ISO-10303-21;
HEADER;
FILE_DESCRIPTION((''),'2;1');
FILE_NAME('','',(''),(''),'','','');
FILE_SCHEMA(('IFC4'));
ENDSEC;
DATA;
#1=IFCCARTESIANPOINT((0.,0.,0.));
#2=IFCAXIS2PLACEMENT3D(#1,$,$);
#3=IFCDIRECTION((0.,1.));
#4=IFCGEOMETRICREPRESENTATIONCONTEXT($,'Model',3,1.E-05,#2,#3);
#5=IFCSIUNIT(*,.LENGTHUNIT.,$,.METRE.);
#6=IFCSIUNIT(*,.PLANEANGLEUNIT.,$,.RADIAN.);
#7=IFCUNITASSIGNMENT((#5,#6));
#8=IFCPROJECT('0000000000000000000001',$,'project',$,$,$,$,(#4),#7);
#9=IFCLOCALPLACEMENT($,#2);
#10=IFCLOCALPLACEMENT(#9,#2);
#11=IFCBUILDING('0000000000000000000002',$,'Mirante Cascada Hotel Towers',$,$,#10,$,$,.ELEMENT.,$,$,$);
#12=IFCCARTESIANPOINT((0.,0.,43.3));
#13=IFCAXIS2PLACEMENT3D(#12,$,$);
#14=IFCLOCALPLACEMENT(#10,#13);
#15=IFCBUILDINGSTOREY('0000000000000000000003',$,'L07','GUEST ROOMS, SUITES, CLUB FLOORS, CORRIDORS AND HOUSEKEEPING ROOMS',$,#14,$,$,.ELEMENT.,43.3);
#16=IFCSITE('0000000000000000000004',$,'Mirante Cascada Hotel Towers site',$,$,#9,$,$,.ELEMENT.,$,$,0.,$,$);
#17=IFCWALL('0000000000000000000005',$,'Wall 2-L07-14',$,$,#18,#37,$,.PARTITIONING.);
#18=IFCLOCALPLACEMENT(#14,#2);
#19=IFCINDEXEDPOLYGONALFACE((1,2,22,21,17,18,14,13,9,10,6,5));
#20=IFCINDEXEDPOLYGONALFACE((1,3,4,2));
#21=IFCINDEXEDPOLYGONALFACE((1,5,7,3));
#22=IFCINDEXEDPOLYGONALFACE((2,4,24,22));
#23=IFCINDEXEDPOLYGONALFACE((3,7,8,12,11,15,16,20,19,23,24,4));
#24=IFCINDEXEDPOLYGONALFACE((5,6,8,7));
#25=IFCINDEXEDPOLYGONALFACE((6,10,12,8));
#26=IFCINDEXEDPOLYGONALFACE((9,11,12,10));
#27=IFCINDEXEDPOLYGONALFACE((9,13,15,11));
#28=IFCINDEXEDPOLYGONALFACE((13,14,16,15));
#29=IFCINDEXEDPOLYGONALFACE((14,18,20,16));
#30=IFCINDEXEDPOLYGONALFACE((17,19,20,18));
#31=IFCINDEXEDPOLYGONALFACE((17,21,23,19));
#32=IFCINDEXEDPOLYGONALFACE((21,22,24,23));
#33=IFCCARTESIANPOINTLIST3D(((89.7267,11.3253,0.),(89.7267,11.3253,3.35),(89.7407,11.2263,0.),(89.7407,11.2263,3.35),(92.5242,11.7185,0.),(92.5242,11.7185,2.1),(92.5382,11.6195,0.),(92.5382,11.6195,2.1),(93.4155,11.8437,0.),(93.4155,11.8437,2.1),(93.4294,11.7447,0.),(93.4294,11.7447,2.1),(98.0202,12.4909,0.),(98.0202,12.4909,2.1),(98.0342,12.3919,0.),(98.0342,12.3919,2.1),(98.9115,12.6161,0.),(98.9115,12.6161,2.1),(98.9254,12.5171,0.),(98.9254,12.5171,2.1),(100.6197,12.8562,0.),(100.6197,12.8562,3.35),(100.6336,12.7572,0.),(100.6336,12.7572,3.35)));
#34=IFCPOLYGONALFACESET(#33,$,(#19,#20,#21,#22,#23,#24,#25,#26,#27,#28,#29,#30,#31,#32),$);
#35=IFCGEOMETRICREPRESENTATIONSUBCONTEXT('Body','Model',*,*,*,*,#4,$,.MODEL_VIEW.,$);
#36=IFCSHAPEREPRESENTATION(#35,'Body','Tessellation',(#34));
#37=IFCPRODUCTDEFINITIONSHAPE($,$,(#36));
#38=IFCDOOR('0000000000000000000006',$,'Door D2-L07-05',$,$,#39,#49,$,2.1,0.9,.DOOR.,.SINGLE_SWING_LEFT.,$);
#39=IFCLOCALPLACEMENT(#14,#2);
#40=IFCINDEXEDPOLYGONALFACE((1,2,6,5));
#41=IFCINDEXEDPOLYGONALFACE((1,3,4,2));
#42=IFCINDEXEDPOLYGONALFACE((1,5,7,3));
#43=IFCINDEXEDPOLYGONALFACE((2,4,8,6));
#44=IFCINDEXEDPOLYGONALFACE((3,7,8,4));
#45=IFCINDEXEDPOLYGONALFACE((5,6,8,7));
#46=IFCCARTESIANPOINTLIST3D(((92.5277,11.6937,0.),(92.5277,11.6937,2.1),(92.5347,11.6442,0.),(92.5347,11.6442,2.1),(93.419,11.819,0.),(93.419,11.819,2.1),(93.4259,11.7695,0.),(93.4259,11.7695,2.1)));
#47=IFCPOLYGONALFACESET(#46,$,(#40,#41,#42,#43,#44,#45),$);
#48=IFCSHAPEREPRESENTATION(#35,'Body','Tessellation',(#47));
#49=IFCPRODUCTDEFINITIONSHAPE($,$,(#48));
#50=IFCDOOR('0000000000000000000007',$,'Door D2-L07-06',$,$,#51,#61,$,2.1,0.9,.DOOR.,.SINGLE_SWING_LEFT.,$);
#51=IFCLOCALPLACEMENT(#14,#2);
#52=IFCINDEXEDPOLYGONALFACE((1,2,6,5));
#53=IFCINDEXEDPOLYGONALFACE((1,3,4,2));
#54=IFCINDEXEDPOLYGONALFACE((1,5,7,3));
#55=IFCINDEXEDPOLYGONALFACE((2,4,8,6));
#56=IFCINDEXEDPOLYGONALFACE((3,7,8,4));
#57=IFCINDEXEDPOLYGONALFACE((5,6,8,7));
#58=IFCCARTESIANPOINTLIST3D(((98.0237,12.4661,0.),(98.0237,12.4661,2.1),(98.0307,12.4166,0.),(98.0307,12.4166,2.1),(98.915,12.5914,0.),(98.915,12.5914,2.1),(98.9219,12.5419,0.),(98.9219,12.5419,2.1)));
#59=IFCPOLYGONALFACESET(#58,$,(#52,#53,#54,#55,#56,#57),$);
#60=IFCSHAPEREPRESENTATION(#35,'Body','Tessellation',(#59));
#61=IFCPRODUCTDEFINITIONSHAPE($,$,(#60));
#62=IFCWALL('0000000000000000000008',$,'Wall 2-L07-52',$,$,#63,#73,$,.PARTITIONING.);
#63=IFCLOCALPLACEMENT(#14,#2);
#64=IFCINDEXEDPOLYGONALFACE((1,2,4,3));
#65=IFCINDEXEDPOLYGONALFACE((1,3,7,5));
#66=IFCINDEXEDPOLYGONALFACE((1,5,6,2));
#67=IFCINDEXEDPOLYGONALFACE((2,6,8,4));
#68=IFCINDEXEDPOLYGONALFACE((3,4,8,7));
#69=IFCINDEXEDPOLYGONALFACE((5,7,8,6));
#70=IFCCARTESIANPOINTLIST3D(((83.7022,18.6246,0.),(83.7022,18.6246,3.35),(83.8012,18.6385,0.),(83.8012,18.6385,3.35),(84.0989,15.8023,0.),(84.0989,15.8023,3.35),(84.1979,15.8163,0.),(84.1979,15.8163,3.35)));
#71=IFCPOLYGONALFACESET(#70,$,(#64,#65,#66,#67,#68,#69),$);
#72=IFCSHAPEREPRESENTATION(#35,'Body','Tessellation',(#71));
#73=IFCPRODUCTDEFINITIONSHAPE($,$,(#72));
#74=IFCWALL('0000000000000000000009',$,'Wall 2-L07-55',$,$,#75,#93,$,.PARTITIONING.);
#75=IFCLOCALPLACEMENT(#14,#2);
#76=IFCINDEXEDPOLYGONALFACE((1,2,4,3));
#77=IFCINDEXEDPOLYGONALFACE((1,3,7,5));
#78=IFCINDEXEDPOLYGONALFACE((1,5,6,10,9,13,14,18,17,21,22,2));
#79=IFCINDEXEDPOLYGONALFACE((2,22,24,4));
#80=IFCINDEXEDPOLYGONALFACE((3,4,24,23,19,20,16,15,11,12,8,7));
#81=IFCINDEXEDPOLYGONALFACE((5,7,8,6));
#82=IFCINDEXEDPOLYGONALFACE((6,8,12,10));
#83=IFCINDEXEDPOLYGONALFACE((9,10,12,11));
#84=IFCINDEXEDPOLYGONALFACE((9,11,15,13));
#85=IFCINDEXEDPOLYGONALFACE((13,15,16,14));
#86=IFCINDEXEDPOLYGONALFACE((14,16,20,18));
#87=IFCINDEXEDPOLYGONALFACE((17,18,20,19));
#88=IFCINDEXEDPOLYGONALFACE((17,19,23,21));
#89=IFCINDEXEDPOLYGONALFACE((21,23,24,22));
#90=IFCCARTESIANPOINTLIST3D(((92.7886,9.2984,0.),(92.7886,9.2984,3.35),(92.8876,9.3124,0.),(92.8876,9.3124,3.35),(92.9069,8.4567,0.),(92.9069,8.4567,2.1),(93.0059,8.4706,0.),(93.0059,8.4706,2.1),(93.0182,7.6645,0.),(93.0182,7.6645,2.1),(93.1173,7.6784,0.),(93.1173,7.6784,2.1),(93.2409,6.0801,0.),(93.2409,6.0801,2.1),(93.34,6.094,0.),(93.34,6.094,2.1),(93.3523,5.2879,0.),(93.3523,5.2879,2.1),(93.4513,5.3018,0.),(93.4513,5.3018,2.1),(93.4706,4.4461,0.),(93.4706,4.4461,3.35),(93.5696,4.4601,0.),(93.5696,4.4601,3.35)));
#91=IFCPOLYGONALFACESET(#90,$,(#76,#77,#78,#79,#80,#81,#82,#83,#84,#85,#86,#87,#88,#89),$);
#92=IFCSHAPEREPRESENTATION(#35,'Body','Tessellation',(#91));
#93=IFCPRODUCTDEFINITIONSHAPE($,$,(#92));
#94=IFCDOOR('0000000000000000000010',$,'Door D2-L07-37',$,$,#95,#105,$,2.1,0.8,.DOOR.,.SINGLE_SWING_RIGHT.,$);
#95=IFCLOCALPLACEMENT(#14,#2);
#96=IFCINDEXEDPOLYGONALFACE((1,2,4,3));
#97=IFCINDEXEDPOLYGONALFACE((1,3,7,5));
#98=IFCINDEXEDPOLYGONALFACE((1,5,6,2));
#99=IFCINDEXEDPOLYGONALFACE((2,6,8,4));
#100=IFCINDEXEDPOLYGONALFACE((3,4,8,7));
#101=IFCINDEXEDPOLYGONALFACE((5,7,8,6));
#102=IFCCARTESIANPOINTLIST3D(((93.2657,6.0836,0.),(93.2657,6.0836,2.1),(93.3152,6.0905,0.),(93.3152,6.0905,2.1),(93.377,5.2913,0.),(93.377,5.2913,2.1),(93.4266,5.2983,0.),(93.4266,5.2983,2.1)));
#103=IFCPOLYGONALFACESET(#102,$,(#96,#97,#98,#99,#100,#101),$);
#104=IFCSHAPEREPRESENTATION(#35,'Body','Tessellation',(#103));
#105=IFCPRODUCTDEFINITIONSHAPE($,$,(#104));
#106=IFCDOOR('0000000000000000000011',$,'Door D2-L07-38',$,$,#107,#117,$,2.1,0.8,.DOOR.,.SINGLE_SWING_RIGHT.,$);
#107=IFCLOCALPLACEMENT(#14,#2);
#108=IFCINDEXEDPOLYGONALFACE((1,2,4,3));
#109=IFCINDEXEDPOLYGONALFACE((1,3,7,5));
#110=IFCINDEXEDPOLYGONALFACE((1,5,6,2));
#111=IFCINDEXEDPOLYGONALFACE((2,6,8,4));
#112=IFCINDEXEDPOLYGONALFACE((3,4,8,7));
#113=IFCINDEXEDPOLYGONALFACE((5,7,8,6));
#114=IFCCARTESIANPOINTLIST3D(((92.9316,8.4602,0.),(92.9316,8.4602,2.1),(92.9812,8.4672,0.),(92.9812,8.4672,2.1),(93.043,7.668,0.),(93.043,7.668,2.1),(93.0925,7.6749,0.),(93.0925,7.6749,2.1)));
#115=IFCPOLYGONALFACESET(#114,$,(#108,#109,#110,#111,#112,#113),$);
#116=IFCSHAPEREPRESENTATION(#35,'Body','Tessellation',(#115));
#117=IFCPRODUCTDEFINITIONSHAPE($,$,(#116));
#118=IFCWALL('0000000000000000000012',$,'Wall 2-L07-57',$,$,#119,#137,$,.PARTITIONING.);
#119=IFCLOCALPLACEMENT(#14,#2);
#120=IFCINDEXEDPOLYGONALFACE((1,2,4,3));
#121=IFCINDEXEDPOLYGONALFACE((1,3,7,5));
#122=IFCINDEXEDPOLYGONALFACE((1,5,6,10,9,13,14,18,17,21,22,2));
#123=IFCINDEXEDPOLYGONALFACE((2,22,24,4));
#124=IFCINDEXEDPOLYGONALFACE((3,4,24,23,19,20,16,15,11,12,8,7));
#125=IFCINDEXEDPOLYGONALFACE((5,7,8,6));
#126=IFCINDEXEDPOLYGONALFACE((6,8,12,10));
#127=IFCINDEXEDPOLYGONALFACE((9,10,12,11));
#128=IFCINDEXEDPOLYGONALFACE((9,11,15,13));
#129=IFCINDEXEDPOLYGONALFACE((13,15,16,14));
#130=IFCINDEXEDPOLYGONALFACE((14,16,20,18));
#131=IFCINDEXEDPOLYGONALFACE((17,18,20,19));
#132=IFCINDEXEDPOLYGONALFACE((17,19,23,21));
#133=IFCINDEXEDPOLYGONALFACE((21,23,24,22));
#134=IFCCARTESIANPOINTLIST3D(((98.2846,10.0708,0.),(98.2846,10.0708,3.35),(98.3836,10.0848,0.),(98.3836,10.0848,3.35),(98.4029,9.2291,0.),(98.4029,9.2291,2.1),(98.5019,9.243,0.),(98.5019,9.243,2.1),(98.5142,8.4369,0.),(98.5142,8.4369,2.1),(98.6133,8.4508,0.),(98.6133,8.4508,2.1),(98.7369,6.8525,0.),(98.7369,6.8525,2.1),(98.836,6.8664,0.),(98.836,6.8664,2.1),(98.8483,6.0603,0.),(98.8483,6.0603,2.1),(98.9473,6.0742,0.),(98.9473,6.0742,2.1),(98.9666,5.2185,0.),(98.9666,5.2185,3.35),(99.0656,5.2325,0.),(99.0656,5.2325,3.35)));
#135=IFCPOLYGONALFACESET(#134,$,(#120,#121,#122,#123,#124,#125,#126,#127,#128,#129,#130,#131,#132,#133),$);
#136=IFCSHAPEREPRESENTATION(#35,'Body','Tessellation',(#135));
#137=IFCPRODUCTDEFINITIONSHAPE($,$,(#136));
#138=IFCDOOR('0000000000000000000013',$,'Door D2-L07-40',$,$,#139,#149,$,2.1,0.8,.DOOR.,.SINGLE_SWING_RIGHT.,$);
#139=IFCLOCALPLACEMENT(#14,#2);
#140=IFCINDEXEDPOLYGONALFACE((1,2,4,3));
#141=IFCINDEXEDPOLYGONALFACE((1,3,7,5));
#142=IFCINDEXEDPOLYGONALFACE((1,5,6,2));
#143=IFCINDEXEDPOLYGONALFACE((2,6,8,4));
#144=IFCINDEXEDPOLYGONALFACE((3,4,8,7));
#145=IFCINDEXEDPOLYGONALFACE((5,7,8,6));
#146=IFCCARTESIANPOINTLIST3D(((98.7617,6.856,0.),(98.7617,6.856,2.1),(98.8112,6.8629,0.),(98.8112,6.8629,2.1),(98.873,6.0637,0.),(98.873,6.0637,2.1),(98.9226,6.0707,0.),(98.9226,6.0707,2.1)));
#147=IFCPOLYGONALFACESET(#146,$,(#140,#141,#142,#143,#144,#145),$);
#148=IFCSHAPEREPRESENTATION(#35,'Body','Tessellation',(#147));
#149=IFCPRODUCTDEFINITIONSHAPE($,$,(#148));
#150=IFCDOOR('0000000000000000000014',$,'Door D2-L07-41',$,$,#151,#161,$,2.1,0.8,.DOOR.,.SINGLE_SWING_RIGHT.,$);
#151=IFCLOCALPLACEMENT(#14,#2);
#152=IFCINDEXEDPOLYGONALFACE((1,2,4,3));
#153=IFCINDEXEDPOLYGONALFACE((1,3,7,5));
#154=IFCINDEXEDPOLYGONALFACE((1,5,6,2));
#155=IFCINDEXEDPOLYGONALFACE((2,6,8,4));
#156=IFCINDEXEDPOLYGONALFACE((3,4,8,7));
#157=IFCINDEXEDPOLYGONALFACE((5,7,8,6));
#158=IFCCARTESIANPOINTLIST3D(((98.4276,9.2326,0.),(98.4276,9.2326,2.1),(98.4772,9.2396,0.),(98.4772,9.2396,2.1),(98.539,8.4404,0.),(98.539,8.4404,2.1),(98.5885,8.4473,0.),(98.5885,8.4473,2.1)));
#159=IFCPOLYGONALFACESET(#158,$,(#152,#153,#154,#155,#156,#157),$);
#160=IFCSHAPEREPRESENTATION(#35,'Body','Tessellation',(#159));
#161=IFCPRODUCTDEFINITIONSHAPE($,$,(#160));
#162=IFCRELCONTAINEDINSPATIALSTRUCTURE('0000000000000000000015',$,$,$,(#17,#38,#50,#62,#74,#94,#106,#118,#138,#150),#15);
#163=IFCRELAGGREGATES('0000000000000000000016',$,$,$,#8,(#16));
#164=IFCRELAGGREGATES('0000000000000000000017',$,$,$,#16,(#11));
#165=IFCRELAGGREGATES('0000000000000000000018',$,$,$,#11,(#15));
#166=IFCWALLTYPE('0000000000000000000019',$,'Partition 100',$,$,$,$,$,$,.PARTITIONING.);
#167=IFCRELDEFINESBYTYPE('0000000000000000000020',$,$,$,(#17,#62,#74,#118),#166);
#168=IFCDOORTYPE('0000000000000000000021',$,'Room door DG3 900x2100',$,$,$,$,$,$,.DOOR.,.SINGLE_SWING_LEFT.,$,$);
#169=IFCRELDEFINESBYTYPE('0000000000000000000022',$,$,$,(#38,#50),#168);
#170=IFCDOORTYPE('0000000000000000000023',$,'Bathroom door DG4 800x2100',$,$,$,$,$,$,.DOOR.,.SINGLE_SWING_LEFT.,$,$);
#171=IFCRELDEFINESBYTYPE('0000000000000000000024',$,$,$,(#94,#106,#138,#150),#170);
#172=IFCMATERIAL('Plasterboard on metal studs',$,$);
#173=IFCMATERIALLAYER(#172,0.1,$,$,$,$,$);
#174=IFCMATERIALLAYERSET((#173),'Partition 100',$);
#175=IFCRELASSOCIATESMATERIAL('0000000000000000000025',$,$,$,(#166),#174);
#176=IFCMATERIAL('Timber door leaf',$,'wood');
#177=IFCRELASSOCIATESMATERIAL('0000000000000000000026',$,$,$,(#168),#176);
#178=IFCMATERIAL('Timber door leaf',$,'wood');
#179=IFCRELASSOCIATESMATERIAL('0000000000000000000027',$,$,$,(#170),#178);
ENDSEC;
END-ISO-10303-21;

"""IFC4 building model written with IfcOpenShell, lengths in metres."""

from ifc_helpers import new_model, si_unit, direction, frame, frame_2d, origin, place, context, subcontext, project, spatial, rectangle, extrude, material, layer, layer_set, type_object, element, fill, save


model = new_model("IFC4")

# Units and contexts
model_context = context("Model", 3, precision=1e-05, world=origin(), true_north=direction((0.0, 1.0)))
body_context = subcontext(model_context, "Body", "Model", "MODEL_VIEW")
ifc_project = project(units=[si_unit("LENGTHUNIT", "METRE"), si_unit("PLANEANGLEUNIT", "RADIAN")], contexts=[model_context])

# Site, building, storey
site_placement = place(None, origin())
site = spatial("IfcSite", under=ifc_project, at=site_placement, Name="Mirante Cascada Hotel Towers site", CompositionType="ELEMENT", RefElevation=0.0)
building_placement = place(site_placement, origin())
building = spatial("IfcBuilding", under=site, at=building_placement, Name="Mirante Cascada Hotel Towers", CompositionType="ELEMENT")
storey_placement = place(building_placement, frame((0.0, 0.0, 43.3)))
storey = spatial("IfcBuildingStorey", under=building, at=storey_placement, Name="L07", Description="GUEST ROOMS, SUITES, CLUB FLOORS, CORRIDORS AND HOUSEKEEPING ROOMS", CompositionType="ELEMENT", Elevation=43.3)

# Shared definitions
ifc_material_1 = material(Name="Plasterboard on metal studs")
ifc_layer_1 = layer(ifc_material_1, 0.1)
ifc_layer_set_1 = layer_set([ifc_layer_1], Name="Partition 100")
wall_type_1 = type_object("IfcWallType", Name="Partition 100", PredefinedType="PARTITIONING", material=ifc_layer_set_1)

# Wall, openings, doors
wall_1_placement = place(storey_placement, frame((89.7337, 11.2758, 0.0), z_axis=(0.0, 0.0, 1.0), x_axis=(0.990268, 0.139173, 0.0)))
wall_1 = element("IfcWall", 1, at=wall_1_placement, inside=storey, type_object=wall_type_1, Name="Wall 2-L07-14", PredefinedType="PARTITIONING", context=body_context, shape_type="SweptSolid", body=[
    extrude(rectangle(XDim=11.0, YDim=0.1, at=frame_2d((5.5, 0.0))), origin(), (0.0, 0.0, 1.0), 3.35),
])
opening_1_placement = place(wall_1_placement, frame((2.825, 0.0, 0.0)))
opening_1 = element("IfcOpeningElement", 2, at=opening_1_placement, cuts=wall_1, PredefinedType="OPENING", context=body_context, shape_type="SweptSolid", body=[
    extrude(rectangle(XDim=0.9, YDim=2.1, at=frame_2d((0.45, 1.05))), frame((0.0, 0.05, 0.0), z_axis=(0.0, -1.0, 0.0), x_axis=(1.0, 0.0, 0.0)), (0.0, 0.0, 1.0), 0.1),
])
opening_2_placement = place(wall_1_placement, frame((8.375, 0.0, 0.0)))
opening_2 = element("IfcOpeningElement", 3, at=opening_2_placement, cuts=wall_1, PredefinedType="OPENING", context=body_context, shape_type="SweptSolid", body=[
    extrude(rectangle(XDim=0.9, YDim=2.1, at=frame_2d((0.45, 1.05))), frame((0.0, 0.05, 0.0), z_axis=(0.0, -1.0, 0.0), x_axis=(1.0, 0.0, 0.0)), (0.0, 0.0, 1.0), 0.1),
])
ifc_material_2 = material(Name="Timber door leaf", Category="wood")
door_type_1 = type_object("IfcDoorType", Name="Room door DG3 900x2100", OperationType="SINGLE_SWING_LEFT", PredefinedType="DOOR", material=ifc_material_2)
door_1_placement = place(opening_1_placement, origin())
door_1 = element("IfcDoor", 4, at=door_1_placement, inside=storey, type_object=door_type_1, Name="Door D2-L07-05", OperationType="SINGLE_SWING_LEFT", OverallHeight=2.1, OverallWidth=0.9, PredefinedType="DOOR", context=body_context, shape_type="SweptSolid", body=[
    extrude(rectangle(XDim=0.9, YDim=2.1, at=frame_2d((0.45, 1.05))), frame((0.0, 0.025, 0.0), z_axis=(0.0, -1.0, 0.0), x_axis=(1.0, 0.0, 0.0)), (0.0, 0.0, 1.0), 0.05),
])
fill(opening_1, door_1)
door_2_placement = place(opening_2_placement, origin())
door_2 = element("IfcDoor", 5, at=door_2_placement, inside=storey, type_object=door_type_1, Name="Door D2-L07-06", OperationType="SINGLE_SWING_LEFT", OverallHeight=2.1, OverallWidth=0.9, PredefinedType="DOOR", context=body_context, shape_type="SweptSolid", body=[
    extrude(rectangle(XDim=0.9, YDim=2.1, at=frame_2d((0.45, 1.05))), frame((0.0, 0.025, 0.0), z_axis=(0.0, -1.0, 0.0), x_axis=(1.0, 0.0, 0.0)), (0.0, 0.0, 1.0), 0.05),
])
fill(opening_2, door_2)

# Wall
wall_2_placement = place(storey_placement, frame((84.1484, 15.8093, 0.0), z_axis=(0.0, 0.0, 1.0), x_axis=(-0.139191, 0.990266, 0.0)))
element("IfcWall", 6, at=wall_2_placement, inside=storey, type_object=wall_type_1, Name="Wall 2-L07-52", PredefinedType="PARTITIONING", context=body_context, shape_type="SweptSolid", body=[
    extrude(rectangle(XDim=2.85, YDim=0.1, at=frame_2d((1.425, 0.0))), origin(), (0.0, 0.0, 1.0), 3.35),
])

# Walls, openings, doors
wall_3_placement = place(storey_placement, frame((92.8381, 9.3054, 0.0), z_axis=(0.0, 0.0, 1.0), x_axis=(0.139184, -0.990267, 0.0)))
wall_3 = element("IfcWall", 7, at=wall_3_placement, inside=storey, type_object=wall_type_1, Name="Wall 2-L07-55", PredefinedType="PARTITIONING", context=body_context, shape_type="SweptSolid", body=[
    extrude(rectangle(XDim=4.9, YDim=0.1, at=frame_2d((2.45, 0.0))), origin(), (0.0, 0.0, 1.0), 3.35),
])
opening_3_placement = place(wall_3_placement, frame((3.25, 0.0, 0.0)))
opening_3 = element("IfcOpeningElement", 8, at=opening_3_placement, cuts=wall_3, PredefinedType="OPENING", context=body_context, shape_type="SweptSolid", body=[
    extrude(rectangle(XDim=0.8, YDim=2.1, at=frame_2d((0.4, 1.05))), frame((0.0, 0.05, 0.0), z_axis=(0.0, -1.0, 0.0), x_axis=(1.0, 0.0, 0.0)), (0.0, 0.0, 1.0), 0.1),
])
opening_4_placement = place(wall_3_placement, frame((0.85, 0.0, 0.0)))
opening_4 = element("IfcOpeningElement", 9, at=opening_4_placement, cuts=wall_3, PredefinedType="OPENING", context=body_context, shape_type="SweptSolid", body=[
    extrude(rectangle(XDim=0.8, YDim=2.1, at=frame_2d((0.4, 1.05))), frame((0.0, 0.05, 0.0), z_axis=(0.0, -1.0, 0.0), x_axis=(1.0, 0.0, 0.0)), (0.0, 0.0, 1.0), 0.1),
])
ifc_material_3 = material(Name="Timber door leaf", Category="wood")
door_type_2 = type_object("IfcDoorType", Name="Bathroom door DG4 800x2100", OperationType="SINGLE_SWING_LEFT", PredefinedType="DOOR", material=ifc_material_3)
door_3_placement = place(opening_3_placement, frame((0.8, 0.0, 0.0), z_axis=(0.0, 0.0, 1.0), x_axis=(-1.0, 0.0, 0.0)))
door_3 = element("IfcDoor", 10, at=door_3_placement, inside=storey, type_object=door_type_2, Name="Door D2-L07-37", OperationType="SINGLE_SWING_RIGHT", OverallHeight=2.1, OverallWidth=0.8, PredefinedType="DOOR", context=body_context, shape_type="SweptSolid", body=[
    extrude(rectangle(XDim=0.8, YDim=2.1, at=frame_2d((0.4, 1.05))), frame((0.0, 0.025, 0.0), z_axis=(0.0, -1.0, 0.0), x_axis=(1.0, 0.0, 0.0)), (0.0, 0.0, 1.0), 0.05),
])
fill(opening_3, door_3)
door_4_placement = place(opening_4_placement, frame((0.8, 0.0, 0.0), z_axis=(0.0, 0.0, 1.0), x_axis=(-1.0, 0.0, 0.0)))
door_4 = element("IfcDoor", 11, at=door_4_placement, inside=storey, type_object=door_type_2, Name="Door D2-L07-38", OperationType="SINGLE_SWING_RIGHT", OverallHeight=2.1, OverallWidth=0.8, PredefinedType="DOOR", context=body_context, shape_type="SweptSolid", body=[
    extrude(rectangle(XDim=0.8, YDim=2.1, at=frame_2d((0.4, 1.05))), frame((0.0, 0.025, 0.0), z_axis=(0.0, -1.0, 0.0), x_axis=(1.0, 0.0, 0.0)), (0.0, 0.0, 1.0), 0.05),
])
fill(opening_4, door_4)
wall_4_placement = place(storey_placement, frame((98.3341, 10.0778, 0.0), z_axis=(0.0, 0.0, 1.0), x_axis=(0.139184, -0.990267, 0.0)))
wall_4 = element("IfcWall", 12, at=wall_4_placement, inside=storey, type_object=wall_type_1, Name="Wall 2-L07-57", PredefinedType="PARTITIONING", context=body_context, shape_type="SweptSolid", body=[
    extrude(rectangle(XDim=4.9, YDim=0.1, at=frame_2d((2.45, 0.0))), origin(), (0.0, 0.0, 1.0), 3.35),
])
opening_5_placement = place(wall_4_placement, frame((3.25, 0.0, 0.0)))
opening_5 = element("IfcOpeningElement", 13, at=opening_5_placement, cuts=wall_4, PredefinedType="OPENING", context=body_context, shape_type="SweptSolid", body=[
    extrude(rectangle(XDim=0.8, YDim=2.1, at=frame_2d((0.4, 1.05))), frame((0.0, 0.05, 0.0), z_axis=(0.0, -1.0, 0.0), x_axis=(1.0, 0.0, 0.0)), (0.0, 0.0, 1.0), 0.1),
])
opening_6_placement = place(wall_4_placement, frame((0.85, 0.0, 0.0)))
opening_6 = element("IfcOpeningElement", 14, at=opening_6_placement, cuts=wall_4, PredefinedType="OPENING", context=body_context, shape_type="SweptSolid", body=[
    extrude(rectangle(XDim=0.8, YDim=2.1, at=frame_2d((0.4, 1.05))), frame((0.0, 0.05, 0.0), z_axis=(0.0, -1.0, 0.0), x_axis=(1.0, 0.0, 0.0)), (0.0, 0.0, 1.0), 0.1),
])
door_5_placement = place(opening_5_placement, frame((0.8, 0.0, 0.0), z_axis=(0.0, 0.0, 1.0), x_axis=(-1.0, 0.0, 0.0)))
door_5 = element("IfcDoor", 15, at=door_5_placement, inside=storey, type_object=door_type_2, Name="Door D2-L07-40", OperationType="SINGLE_SWING_RIGHT", OverallHeight=2.1, OverallWidth=0.8, PredefinedType="DOOR", context=body_context, shape_type="SweptSolid", body=[
    extrude(rectangle(XDim=0.8, YDim=2.1, at=frame_2d((0.4, 1.05))), frame((0.0, 0.025, 0.0), z_axis=(0.0, -1.0, 0.0), x_axis=(1.0, 0.0, 0.0)), (0.0, 0.0, 1.0), 0.05),
])
fill(opening_5, door_5)
door_6_placement = place(opening_6_placement, frame((0.8, 0.0, 0.0), z_axis=(0.0, 0.0, 1.0), x_axis=(-1.0, 0.0, 0.0)))
door_6 = element("IfcDoor", 16, at=door_6_placement, inside=storey, type_object=door_type_2, Name="Door D2-L07-41", OperationType="SINGLE_SWING_RIGHT", OverallHeight=2.1, OverallWidth=0.8, PredefinedType="DOOR", context=body_context, shape_type="SweptSolid", body=[
    extrude(rectangle(XDim=0.8, YDim=2.1, at=frame_2d((0.4, 1.05))), frame((0.0, 0.025, 0.0), z_axis=(0.0, -1.0, 0.0), x_axis=(1.0, 0.0, 0.0)), (0.0, 0.0, 1.0), 0.05),
])
fill(opening_6, door_6)

save(model, "model.ifc")
